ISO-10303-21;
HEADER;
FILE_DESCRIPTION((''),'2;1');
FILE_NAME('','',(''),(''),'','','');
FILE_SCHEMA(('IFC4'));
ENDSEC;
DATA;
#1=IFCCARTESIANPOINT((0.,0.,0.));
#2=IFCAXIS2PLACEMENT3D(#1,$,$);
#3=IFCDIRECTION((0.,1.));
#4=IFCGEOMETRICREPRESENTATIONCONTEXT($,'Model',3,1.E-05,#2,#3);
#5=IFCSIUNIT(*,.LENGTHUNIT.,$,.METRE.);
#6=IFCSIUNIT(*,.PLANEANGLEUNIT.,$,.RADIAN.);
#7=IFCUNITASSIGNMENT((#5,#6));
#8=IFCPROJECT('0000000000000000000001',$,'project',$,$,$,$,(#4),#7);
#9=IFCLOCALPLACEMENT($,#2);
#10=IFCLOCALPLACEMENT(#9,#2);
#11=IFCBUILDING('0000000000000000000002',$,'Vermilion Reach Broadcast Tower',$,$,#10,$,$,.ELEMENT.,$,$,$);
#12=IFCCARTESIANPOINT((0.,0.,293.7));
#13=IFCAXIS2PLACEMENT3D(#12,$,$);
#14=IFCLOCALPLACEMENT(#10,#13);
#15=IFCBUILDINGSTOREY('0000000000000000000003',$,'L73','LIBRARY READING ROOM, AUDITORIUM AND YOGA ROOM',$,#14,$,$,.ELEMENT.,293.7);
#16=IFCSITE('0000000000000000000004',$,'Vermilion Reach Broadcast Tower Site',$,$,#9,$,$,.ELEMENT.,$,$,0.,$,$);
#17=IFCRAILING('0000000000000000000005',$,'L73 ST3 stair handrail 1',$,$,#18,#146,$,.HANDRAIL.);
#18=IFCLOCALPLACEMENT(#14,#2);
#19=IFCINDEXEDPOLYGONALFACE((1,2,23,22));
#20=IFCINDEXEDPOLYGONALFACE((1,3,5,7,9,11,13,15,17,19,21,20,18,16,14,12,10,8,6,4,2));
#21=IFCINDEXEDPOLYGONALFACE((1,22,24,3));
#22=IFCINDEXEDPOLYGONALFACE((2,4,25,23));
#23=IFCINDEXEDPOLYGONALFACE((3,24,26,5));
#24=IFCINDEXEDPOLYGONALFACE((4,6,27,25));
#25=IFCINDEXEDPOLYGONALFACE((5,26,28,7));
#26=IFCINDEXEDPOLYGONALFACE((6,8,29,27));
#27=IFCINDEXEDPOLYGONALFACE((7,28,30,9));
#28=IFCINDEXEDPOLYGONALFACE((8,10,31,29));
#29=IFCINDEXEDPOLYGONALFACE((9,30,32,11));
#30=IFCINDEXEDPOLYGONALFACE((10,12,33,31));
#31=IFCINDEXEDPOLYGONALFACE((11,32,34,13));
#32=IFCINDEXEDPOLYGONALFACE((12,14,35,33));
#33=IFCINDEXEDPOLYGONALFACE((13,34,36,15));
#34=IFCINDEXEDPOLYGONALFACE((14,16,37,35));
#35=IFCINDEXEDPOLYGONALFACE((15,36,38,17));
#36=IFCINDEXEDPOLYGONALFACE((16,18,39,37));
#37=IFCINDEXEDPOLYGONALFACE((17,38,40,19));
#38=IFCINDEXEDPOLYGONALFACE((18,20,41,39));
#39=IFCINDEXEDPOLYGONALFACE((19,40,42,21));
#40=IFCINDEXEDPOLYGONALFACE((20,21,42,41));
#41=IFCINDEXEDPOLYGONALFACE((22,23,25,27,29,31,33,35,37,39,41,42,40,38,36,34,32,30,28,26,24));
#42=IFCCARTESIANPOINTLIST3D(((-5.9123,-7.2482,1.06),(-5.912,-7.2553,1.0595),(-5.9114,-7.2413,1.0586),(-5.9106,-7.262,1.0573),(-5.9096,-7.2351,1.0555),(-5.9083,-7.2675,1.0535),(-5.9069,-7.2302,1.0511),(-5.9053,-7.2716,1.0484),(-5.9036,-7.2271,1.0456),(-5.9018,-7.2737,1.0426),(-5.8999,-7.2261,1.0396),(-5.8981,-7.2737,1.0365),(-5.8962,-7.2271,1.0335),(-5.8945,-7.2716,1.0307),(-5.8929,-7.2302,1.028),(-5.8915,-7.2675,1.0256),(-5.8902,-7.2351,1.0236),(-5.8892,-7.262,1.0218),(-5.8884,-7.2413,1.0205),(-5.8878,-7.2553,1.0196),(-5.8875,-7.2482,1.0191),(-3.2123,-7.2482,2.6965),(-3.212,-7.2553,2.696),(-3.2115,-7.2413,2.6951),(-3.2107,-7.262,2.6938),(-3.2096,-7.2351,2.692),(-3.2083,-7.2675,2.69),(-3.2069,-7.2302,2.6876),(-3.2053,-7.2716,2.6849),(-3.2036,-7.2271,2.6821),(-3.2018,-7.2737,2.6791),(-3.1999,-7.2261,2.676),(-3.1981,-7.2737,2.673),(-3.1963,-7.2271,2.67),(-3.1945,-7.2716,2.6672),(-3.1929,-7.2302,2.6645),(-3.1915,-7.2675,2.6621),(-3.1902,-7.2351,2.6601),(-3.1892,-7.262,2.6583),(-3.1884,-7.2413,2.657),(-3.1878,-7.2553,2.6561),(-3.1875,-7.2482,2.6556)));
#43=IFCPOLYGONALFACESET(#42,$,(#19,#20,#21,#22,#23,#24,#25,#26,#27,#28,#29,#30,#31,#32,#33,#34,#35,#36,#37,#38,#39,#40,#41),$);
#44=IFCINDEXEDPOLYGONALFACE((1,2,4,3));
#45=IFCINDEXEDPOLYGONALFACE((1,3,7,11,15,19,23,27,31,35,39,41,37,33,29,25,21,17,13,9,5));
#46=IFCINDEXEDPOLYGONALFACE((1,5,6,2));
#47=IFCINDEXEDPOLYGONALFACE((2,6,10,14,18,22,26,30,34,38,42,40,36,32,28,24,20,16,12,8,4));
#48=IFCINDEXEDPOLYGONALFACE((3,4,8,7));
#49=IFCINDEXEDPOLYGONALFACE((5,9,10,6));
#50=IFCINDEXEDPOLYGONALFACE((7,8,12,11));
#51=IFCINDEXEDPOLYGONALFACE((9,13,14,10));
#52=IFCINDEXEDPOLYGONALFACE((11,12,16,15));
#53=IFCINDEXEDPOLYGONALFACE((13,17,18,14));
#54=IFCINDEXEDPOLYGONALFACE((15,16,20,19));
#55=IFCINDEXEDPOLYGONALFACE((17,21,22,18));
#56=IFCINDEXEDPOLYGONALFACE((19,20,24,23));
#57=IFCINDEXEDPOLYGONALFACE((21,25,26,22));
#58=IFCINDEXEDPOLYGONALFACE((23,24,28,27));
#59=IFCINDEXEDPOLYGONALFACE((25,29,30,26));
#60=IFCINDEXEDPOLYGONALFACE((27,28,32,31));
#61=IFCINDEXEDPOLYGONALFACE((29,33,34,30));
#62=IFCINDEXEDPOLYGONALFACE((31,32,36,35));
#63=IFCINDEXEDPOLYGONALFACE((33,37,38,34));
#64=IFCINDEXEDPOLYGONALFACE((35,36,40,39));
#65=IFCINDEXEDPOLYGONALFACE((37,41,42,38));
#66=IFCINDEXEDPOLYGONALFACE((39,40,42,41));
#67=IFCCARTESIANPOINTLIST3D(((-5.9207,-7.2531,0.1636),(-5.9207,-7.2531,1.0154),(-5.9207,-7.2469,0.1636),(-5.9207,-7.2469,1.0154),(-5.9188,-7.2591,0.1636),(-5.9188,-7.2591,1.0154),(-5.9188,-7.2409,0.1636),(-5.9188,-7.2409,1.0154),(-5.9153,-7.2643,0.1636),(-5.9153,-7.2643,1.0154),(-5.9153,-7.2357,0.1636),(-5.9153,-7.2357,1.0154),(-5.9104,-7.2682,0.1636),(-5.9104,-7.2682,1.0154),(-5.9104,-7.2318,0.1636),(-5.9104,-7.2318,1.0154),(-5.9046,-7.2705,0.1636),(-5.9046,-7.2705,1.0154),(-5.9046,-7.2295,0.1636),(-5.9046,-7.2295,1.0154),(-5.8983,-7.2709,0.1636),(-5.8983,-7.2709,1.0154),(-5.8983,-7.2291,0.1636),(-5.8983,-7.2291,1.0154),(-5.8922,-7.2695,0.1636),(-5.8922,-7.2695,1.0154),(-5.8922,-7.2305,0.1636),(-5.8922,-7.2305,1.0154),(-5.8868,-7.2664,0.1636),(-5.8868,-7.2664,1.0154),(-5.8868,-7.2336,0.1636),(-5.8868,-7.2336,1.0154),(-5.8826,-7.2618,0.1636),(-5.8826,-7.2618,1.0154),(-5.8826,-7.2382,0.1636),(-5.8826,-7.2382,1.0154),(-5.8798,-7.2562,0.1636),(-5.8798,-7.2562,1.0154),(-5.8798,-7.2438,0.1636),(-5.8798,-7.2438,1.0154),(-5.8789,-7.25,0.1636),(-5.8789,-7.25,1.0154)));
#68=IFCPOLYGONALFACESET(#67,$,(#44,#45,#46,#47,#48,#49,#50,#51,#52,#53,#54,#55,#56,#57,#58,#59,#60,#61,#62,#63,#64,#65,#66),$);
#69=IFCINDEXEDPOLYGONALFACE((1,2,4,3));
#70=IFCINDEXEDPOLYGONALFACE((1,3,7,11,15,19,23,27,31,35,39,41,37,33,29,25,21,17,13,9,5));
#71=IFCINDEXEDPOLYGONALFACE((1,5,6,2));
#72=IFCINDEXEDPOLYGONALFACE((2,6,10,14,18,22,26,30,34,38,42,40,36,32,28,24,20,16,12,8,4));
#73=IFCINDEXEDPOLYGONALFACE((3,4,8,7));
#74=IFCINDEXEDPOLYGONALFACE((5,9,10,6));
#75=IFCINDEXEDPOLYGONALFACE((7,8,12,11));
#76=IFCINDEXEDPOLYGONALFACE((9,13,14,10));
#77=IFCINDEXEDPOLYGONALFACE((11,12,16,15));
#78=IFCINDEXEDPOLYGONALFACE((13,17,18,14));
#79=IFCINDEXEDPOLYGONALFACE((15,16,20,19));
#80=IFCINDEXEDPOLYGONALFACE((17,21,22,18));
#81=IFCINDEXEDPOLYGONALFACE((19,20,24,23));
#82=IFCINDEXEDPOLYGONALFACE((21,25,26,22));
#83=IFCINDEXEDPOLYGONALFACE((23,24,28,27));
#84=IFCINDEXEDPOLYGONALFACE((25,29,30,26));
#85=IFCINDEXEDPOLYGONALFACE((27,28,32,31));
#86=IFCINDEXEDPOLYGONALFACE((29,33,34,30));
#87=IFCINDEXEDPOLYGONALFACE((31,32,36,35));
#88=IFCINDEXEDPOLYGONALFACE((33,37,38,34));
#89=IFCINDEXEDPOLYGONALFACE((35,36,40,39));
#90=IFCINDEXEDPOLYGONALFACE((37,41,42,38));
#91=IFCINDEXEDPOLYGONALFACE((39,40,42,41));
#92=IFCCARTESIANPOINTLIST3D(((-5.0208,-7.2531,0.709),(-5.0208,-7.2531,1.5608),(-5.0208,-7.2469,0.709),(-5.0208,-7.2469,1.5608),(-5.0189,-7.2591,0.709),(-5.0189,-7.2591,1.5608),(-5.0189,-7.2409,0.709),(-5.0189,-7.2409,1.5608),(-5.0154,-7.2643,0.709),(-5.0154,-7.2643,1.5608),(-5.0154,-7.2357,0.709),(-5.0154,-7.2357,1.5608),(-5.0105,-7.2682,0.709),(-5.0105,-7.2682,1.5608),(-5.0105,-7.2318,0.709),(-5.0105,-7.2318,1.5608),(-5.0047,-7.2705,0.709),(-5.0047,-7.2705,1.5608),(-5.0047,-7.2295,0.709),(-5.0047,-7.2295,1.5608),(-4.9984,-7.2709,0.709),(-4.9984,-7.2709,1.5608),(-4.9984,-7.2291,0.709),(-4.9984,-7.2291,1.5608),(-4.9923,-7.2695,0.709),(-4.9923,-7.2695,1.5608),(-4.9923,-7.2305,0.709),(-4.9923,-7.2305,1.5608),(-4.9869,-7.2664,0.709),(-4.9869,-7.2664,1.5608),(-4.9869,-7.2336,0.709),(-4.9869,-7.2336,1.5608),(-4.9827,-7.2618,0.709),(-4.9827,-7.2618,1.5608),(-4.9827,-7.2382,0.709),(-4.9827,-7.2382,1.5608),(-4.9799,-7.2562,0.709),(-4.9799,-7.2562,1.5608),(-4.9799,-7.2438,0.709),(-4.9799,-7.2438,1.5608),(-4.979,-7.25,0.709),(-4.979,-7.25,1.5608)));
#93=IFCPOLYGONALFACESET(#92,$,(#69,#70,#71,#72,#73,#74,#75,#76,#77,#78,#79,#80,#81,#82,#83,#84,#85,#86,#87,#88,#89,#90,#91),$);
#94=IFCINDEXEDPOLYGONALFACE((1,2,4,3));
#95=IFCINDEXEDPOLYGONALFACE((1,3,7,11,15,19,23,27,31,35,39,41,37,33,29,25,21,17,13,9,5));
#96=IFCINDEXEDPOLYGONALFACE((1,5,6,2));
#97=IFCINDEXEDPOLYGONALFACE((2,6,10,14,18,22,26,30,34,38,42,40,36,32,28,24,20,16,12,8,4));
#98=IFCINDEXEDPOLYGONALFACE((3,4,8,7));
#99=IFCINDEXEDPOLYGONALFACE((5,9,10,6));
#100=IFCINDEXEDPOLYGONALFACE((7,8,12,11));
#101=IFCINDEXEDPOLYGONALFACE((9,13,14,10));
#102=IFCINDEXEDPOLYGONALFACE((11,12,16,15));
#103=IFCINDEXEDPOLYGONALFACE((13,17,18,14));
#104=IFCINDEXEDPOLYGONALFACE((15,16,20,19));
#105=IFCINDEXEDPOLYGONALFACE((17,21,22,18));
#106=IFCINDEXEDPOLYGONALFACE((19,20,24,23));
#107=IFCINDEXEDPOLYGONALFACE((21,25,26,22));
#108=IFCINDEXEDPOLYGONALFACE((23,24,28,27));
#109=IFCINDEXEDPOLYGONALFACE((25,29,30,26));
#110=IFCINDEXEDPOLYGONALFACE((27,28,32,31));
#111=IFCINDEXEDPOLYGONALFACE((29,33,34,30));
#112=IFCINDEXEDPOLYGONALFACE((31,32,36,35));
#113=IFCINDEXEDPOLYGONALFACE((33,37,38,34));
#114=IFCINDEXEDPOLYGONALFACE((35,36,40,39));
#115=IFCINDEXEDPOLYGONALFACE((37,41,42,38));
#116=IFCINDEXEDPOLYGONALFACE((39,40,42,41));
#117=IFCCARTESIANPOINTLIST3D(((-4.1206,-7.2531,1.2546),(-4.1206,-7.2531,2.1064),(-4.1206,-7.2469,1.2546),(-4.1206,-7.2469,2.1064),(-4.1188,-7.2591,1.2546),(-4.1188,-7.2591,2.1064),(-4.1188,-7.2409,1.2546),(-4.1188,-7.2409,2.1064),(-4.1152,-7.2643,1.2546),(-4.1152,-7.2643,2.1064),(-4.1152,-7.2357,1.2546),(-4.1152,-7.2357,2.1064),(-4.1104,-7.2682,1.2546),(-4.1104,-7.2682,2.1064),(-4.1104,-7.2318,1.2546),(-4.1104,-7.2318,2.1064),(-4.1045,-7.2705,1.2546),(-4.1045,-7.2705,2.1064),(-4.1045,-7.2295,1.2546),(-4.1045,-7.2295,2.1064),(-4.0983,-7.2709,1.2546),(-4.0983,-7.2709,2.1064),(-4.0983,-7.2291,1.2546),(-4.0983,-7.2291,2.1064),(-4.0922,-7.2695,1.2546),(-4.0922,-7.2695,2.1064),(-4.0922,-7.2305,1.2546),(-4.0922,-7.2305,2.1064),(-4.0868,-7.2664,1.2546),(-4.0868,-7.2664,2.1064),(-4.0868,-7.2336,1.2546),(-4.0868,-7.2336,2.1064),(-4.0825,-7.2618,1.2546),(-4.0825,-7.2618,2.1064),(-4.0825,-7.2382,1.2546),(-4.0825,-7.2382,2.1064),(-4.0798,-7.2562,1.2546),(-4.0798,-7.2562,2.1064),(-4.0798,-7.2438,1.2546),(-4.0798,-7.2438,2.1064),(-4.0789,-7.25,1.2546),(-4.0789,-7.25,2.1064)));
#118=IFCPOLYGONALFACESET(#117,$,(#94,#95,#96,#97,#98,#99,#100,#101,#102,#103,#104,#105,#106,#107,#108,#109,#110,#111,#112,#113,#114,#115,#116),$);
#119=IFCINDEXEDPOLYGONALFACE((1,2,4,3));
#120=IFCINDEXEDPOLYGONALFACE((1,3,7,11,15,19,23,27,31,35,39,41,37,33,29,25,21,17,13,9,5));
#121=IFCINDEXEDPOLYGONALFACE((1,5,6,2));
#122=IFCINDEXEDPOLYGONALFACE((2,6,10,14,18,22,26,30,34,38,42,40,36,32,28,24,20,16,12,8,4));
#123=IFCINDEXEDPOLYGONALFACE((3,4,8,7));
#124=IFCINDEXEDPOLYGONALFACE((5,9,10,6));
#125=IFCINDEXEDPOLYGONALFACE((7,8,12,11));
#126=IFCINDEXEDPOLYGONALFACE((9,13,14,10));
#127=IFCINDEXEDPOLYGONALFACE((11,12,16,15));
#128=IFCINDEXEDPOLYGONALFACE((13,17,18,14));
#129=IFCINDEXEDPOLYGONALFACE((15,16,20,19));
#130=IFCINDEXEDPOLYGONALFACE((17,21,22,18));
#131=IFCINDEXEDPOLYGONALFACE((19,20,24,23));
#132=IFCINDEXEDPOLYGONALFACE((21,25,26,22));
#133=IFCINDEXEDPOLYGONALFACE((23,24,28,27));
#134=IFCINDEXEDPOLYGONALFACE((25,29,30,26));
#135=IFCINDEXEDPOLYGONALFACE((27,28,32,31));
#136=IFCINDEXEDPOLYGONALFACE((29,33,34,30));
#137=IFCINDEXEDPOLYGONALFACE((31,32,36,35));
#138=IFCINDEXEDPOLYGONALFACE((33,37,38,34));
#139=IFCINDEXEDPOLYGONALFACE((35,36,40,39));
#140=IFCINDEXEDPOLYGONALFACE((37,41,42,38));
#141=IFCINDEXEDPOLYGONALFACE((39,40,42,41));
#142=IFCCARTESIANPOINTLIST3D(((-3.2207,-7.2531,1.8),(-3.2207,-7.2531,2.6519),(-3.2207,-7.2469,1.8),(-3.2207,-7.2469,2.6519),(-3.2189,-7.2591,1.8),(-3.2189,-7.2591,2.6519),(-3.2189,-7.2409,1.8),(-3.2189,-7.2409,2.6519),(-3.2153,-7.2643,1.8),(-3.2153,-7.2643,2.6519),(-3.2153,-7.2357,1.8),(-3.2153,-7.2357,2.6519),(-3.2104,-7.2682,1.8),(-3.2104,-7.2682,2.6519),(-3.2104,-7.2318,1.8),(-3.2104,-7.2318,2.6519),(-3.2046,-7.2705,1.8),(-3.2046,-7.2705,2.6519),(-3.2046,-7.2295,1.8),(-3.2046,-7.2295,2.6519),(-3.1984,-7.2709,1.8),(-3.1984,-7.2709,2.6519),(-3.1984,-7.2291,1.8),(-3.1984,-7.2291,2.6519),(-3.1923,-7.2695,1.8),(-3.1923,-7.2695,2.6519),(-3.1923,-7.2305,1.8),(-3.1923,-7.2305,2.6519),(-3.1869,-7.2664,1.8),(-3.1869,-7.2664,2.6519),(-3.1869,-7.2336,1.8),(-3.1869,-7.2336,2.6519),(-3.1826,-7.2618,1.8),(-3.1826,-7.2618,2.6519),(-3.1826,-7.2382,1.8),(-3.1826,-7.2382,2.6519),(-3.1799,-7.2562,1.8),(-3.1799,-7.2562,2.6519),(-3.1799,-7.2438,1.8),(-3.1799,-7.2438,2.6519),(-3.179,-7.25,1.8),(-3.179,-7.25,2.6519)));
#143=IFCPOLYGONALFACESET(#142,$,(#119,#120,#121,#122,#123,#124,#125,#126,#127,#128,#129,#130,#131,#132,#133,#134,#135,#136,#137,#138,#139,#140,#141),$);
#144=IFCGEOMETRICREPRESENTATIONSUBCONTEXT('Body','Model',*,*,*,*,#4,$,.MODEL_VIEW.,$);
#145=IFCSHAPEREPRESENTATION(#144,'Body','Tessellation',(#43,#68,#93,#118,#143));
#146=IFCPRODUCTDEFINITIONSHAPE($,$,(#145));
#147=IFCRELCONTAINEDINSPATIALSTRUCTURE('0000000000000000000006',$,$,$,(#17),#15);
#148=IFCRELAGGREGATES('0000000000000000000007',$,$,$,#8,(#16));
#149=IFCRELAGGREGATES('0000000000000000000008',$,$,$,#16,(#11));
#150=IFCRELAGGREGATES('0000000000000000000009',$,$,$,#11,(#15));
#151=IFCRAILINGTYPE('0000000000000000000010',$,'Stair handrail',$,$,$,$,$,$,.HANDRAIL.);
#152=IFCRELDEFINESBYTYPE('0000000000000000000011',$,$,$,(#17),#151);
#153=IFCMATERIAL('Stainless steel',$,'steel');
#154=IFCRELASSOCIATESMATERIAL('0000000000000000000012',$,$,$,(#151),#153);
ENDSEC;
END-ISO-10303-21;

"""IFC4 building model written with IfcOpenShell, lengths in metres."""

from ifc_helpers import new_model, si_unit, direction, frame, origin, origin_2d, place, context, subcontext, project, spatial, circle, extrude, material, type_object, element, save


model = new_model("IFC4")

# Units and contexts
model_context = context("Model", 3, precision=1e-05, world=origin(), true_north=direction((0.0, 1.0)))
body_context = subcontext(model_context, "Body", "Model", "MODEL_VIEW")
ifc_project = project(units=[si_unit("LENGTHUNIT", "METRE"), si_unit("PLANEANGLEUNIT", "RADIAN")], contexts=[model_context])

# Site, building, storey
site_placement = place(None, origin())
site = spatial("IfcSite", under=ifc_project, at=site_placement, Name="Vermilion Reach Broadcast Tower Site", CompositionType="ELEMENT", RefElevation=0.0)
building_placement = place(site_placement, origin())
building = spatial("IfcBuilding", under=site, at=building_placement, Name="Vermilion Reach Broadcast Tower", CompositionType="ELEMENT")
storey_placement = place(building_placement, frame((0.0, 0.0, 293.7)))
storey = spatial("IfcBuildingStorey", under=building, at=storey_placement, Name="L73", Description="LIBRARY READING ROOM, AUDITORIUM AND YOGA ROOM", CompositionType="ELEMENT", Elevation=293.7)

# Railing
ifc_material_1 = material(Name="Stainless steel", Category="steel")
railing_type_1 = type_object("IfcRailingType", Name="Stair handrail", PredefinedType="HANDRAIL", material=ifc_material_1)
railing_1_placement = place(storey_placement, frame((-5.8999, -7.25, 0.1636)))
element("IfcRailing", 1, at=railing_1_placement, inside=storey, type_object=railing_type_1, Name="L73 ST3 stair handrail 1", PredefinedType="HANDRAIL", context=body_context, shape_type="SweptSolid", body=[
    extrude(circle(Radius=0.0239, at=origin_2d()), frame((0.0, 0.0, 0.876), z_axis=(0.855178, 0.0, 0.518334), x_axis=(0.0, 1.0, 0.0)), (0.0, 0.0, 1.0), 3.1572),
    extrude(circle(Radius=0.021, at=origin_2d()), origin(), (0.0, 0.0, 1.0), 0.8518),
    extrude(circle(Radius=0.021, at=origin_2d()), frame((0.8999, 0.0, 0.5454)), (0.0, 0.0, 1.0), 0.8518),
    extrude(circle(Radius=0.021, at=origin_2d()), frame((1.8, 0.0, 1.0911)), (0.0, 0.0, 1.0), 0.8518),
    extrude(circle(Radius=0.021, at=origin_2d()), frame((2.7, 0.0, 1.6365)), (0.0, 0.0, 1.0), 0.8518),
])

save(model, "model.ifc")
